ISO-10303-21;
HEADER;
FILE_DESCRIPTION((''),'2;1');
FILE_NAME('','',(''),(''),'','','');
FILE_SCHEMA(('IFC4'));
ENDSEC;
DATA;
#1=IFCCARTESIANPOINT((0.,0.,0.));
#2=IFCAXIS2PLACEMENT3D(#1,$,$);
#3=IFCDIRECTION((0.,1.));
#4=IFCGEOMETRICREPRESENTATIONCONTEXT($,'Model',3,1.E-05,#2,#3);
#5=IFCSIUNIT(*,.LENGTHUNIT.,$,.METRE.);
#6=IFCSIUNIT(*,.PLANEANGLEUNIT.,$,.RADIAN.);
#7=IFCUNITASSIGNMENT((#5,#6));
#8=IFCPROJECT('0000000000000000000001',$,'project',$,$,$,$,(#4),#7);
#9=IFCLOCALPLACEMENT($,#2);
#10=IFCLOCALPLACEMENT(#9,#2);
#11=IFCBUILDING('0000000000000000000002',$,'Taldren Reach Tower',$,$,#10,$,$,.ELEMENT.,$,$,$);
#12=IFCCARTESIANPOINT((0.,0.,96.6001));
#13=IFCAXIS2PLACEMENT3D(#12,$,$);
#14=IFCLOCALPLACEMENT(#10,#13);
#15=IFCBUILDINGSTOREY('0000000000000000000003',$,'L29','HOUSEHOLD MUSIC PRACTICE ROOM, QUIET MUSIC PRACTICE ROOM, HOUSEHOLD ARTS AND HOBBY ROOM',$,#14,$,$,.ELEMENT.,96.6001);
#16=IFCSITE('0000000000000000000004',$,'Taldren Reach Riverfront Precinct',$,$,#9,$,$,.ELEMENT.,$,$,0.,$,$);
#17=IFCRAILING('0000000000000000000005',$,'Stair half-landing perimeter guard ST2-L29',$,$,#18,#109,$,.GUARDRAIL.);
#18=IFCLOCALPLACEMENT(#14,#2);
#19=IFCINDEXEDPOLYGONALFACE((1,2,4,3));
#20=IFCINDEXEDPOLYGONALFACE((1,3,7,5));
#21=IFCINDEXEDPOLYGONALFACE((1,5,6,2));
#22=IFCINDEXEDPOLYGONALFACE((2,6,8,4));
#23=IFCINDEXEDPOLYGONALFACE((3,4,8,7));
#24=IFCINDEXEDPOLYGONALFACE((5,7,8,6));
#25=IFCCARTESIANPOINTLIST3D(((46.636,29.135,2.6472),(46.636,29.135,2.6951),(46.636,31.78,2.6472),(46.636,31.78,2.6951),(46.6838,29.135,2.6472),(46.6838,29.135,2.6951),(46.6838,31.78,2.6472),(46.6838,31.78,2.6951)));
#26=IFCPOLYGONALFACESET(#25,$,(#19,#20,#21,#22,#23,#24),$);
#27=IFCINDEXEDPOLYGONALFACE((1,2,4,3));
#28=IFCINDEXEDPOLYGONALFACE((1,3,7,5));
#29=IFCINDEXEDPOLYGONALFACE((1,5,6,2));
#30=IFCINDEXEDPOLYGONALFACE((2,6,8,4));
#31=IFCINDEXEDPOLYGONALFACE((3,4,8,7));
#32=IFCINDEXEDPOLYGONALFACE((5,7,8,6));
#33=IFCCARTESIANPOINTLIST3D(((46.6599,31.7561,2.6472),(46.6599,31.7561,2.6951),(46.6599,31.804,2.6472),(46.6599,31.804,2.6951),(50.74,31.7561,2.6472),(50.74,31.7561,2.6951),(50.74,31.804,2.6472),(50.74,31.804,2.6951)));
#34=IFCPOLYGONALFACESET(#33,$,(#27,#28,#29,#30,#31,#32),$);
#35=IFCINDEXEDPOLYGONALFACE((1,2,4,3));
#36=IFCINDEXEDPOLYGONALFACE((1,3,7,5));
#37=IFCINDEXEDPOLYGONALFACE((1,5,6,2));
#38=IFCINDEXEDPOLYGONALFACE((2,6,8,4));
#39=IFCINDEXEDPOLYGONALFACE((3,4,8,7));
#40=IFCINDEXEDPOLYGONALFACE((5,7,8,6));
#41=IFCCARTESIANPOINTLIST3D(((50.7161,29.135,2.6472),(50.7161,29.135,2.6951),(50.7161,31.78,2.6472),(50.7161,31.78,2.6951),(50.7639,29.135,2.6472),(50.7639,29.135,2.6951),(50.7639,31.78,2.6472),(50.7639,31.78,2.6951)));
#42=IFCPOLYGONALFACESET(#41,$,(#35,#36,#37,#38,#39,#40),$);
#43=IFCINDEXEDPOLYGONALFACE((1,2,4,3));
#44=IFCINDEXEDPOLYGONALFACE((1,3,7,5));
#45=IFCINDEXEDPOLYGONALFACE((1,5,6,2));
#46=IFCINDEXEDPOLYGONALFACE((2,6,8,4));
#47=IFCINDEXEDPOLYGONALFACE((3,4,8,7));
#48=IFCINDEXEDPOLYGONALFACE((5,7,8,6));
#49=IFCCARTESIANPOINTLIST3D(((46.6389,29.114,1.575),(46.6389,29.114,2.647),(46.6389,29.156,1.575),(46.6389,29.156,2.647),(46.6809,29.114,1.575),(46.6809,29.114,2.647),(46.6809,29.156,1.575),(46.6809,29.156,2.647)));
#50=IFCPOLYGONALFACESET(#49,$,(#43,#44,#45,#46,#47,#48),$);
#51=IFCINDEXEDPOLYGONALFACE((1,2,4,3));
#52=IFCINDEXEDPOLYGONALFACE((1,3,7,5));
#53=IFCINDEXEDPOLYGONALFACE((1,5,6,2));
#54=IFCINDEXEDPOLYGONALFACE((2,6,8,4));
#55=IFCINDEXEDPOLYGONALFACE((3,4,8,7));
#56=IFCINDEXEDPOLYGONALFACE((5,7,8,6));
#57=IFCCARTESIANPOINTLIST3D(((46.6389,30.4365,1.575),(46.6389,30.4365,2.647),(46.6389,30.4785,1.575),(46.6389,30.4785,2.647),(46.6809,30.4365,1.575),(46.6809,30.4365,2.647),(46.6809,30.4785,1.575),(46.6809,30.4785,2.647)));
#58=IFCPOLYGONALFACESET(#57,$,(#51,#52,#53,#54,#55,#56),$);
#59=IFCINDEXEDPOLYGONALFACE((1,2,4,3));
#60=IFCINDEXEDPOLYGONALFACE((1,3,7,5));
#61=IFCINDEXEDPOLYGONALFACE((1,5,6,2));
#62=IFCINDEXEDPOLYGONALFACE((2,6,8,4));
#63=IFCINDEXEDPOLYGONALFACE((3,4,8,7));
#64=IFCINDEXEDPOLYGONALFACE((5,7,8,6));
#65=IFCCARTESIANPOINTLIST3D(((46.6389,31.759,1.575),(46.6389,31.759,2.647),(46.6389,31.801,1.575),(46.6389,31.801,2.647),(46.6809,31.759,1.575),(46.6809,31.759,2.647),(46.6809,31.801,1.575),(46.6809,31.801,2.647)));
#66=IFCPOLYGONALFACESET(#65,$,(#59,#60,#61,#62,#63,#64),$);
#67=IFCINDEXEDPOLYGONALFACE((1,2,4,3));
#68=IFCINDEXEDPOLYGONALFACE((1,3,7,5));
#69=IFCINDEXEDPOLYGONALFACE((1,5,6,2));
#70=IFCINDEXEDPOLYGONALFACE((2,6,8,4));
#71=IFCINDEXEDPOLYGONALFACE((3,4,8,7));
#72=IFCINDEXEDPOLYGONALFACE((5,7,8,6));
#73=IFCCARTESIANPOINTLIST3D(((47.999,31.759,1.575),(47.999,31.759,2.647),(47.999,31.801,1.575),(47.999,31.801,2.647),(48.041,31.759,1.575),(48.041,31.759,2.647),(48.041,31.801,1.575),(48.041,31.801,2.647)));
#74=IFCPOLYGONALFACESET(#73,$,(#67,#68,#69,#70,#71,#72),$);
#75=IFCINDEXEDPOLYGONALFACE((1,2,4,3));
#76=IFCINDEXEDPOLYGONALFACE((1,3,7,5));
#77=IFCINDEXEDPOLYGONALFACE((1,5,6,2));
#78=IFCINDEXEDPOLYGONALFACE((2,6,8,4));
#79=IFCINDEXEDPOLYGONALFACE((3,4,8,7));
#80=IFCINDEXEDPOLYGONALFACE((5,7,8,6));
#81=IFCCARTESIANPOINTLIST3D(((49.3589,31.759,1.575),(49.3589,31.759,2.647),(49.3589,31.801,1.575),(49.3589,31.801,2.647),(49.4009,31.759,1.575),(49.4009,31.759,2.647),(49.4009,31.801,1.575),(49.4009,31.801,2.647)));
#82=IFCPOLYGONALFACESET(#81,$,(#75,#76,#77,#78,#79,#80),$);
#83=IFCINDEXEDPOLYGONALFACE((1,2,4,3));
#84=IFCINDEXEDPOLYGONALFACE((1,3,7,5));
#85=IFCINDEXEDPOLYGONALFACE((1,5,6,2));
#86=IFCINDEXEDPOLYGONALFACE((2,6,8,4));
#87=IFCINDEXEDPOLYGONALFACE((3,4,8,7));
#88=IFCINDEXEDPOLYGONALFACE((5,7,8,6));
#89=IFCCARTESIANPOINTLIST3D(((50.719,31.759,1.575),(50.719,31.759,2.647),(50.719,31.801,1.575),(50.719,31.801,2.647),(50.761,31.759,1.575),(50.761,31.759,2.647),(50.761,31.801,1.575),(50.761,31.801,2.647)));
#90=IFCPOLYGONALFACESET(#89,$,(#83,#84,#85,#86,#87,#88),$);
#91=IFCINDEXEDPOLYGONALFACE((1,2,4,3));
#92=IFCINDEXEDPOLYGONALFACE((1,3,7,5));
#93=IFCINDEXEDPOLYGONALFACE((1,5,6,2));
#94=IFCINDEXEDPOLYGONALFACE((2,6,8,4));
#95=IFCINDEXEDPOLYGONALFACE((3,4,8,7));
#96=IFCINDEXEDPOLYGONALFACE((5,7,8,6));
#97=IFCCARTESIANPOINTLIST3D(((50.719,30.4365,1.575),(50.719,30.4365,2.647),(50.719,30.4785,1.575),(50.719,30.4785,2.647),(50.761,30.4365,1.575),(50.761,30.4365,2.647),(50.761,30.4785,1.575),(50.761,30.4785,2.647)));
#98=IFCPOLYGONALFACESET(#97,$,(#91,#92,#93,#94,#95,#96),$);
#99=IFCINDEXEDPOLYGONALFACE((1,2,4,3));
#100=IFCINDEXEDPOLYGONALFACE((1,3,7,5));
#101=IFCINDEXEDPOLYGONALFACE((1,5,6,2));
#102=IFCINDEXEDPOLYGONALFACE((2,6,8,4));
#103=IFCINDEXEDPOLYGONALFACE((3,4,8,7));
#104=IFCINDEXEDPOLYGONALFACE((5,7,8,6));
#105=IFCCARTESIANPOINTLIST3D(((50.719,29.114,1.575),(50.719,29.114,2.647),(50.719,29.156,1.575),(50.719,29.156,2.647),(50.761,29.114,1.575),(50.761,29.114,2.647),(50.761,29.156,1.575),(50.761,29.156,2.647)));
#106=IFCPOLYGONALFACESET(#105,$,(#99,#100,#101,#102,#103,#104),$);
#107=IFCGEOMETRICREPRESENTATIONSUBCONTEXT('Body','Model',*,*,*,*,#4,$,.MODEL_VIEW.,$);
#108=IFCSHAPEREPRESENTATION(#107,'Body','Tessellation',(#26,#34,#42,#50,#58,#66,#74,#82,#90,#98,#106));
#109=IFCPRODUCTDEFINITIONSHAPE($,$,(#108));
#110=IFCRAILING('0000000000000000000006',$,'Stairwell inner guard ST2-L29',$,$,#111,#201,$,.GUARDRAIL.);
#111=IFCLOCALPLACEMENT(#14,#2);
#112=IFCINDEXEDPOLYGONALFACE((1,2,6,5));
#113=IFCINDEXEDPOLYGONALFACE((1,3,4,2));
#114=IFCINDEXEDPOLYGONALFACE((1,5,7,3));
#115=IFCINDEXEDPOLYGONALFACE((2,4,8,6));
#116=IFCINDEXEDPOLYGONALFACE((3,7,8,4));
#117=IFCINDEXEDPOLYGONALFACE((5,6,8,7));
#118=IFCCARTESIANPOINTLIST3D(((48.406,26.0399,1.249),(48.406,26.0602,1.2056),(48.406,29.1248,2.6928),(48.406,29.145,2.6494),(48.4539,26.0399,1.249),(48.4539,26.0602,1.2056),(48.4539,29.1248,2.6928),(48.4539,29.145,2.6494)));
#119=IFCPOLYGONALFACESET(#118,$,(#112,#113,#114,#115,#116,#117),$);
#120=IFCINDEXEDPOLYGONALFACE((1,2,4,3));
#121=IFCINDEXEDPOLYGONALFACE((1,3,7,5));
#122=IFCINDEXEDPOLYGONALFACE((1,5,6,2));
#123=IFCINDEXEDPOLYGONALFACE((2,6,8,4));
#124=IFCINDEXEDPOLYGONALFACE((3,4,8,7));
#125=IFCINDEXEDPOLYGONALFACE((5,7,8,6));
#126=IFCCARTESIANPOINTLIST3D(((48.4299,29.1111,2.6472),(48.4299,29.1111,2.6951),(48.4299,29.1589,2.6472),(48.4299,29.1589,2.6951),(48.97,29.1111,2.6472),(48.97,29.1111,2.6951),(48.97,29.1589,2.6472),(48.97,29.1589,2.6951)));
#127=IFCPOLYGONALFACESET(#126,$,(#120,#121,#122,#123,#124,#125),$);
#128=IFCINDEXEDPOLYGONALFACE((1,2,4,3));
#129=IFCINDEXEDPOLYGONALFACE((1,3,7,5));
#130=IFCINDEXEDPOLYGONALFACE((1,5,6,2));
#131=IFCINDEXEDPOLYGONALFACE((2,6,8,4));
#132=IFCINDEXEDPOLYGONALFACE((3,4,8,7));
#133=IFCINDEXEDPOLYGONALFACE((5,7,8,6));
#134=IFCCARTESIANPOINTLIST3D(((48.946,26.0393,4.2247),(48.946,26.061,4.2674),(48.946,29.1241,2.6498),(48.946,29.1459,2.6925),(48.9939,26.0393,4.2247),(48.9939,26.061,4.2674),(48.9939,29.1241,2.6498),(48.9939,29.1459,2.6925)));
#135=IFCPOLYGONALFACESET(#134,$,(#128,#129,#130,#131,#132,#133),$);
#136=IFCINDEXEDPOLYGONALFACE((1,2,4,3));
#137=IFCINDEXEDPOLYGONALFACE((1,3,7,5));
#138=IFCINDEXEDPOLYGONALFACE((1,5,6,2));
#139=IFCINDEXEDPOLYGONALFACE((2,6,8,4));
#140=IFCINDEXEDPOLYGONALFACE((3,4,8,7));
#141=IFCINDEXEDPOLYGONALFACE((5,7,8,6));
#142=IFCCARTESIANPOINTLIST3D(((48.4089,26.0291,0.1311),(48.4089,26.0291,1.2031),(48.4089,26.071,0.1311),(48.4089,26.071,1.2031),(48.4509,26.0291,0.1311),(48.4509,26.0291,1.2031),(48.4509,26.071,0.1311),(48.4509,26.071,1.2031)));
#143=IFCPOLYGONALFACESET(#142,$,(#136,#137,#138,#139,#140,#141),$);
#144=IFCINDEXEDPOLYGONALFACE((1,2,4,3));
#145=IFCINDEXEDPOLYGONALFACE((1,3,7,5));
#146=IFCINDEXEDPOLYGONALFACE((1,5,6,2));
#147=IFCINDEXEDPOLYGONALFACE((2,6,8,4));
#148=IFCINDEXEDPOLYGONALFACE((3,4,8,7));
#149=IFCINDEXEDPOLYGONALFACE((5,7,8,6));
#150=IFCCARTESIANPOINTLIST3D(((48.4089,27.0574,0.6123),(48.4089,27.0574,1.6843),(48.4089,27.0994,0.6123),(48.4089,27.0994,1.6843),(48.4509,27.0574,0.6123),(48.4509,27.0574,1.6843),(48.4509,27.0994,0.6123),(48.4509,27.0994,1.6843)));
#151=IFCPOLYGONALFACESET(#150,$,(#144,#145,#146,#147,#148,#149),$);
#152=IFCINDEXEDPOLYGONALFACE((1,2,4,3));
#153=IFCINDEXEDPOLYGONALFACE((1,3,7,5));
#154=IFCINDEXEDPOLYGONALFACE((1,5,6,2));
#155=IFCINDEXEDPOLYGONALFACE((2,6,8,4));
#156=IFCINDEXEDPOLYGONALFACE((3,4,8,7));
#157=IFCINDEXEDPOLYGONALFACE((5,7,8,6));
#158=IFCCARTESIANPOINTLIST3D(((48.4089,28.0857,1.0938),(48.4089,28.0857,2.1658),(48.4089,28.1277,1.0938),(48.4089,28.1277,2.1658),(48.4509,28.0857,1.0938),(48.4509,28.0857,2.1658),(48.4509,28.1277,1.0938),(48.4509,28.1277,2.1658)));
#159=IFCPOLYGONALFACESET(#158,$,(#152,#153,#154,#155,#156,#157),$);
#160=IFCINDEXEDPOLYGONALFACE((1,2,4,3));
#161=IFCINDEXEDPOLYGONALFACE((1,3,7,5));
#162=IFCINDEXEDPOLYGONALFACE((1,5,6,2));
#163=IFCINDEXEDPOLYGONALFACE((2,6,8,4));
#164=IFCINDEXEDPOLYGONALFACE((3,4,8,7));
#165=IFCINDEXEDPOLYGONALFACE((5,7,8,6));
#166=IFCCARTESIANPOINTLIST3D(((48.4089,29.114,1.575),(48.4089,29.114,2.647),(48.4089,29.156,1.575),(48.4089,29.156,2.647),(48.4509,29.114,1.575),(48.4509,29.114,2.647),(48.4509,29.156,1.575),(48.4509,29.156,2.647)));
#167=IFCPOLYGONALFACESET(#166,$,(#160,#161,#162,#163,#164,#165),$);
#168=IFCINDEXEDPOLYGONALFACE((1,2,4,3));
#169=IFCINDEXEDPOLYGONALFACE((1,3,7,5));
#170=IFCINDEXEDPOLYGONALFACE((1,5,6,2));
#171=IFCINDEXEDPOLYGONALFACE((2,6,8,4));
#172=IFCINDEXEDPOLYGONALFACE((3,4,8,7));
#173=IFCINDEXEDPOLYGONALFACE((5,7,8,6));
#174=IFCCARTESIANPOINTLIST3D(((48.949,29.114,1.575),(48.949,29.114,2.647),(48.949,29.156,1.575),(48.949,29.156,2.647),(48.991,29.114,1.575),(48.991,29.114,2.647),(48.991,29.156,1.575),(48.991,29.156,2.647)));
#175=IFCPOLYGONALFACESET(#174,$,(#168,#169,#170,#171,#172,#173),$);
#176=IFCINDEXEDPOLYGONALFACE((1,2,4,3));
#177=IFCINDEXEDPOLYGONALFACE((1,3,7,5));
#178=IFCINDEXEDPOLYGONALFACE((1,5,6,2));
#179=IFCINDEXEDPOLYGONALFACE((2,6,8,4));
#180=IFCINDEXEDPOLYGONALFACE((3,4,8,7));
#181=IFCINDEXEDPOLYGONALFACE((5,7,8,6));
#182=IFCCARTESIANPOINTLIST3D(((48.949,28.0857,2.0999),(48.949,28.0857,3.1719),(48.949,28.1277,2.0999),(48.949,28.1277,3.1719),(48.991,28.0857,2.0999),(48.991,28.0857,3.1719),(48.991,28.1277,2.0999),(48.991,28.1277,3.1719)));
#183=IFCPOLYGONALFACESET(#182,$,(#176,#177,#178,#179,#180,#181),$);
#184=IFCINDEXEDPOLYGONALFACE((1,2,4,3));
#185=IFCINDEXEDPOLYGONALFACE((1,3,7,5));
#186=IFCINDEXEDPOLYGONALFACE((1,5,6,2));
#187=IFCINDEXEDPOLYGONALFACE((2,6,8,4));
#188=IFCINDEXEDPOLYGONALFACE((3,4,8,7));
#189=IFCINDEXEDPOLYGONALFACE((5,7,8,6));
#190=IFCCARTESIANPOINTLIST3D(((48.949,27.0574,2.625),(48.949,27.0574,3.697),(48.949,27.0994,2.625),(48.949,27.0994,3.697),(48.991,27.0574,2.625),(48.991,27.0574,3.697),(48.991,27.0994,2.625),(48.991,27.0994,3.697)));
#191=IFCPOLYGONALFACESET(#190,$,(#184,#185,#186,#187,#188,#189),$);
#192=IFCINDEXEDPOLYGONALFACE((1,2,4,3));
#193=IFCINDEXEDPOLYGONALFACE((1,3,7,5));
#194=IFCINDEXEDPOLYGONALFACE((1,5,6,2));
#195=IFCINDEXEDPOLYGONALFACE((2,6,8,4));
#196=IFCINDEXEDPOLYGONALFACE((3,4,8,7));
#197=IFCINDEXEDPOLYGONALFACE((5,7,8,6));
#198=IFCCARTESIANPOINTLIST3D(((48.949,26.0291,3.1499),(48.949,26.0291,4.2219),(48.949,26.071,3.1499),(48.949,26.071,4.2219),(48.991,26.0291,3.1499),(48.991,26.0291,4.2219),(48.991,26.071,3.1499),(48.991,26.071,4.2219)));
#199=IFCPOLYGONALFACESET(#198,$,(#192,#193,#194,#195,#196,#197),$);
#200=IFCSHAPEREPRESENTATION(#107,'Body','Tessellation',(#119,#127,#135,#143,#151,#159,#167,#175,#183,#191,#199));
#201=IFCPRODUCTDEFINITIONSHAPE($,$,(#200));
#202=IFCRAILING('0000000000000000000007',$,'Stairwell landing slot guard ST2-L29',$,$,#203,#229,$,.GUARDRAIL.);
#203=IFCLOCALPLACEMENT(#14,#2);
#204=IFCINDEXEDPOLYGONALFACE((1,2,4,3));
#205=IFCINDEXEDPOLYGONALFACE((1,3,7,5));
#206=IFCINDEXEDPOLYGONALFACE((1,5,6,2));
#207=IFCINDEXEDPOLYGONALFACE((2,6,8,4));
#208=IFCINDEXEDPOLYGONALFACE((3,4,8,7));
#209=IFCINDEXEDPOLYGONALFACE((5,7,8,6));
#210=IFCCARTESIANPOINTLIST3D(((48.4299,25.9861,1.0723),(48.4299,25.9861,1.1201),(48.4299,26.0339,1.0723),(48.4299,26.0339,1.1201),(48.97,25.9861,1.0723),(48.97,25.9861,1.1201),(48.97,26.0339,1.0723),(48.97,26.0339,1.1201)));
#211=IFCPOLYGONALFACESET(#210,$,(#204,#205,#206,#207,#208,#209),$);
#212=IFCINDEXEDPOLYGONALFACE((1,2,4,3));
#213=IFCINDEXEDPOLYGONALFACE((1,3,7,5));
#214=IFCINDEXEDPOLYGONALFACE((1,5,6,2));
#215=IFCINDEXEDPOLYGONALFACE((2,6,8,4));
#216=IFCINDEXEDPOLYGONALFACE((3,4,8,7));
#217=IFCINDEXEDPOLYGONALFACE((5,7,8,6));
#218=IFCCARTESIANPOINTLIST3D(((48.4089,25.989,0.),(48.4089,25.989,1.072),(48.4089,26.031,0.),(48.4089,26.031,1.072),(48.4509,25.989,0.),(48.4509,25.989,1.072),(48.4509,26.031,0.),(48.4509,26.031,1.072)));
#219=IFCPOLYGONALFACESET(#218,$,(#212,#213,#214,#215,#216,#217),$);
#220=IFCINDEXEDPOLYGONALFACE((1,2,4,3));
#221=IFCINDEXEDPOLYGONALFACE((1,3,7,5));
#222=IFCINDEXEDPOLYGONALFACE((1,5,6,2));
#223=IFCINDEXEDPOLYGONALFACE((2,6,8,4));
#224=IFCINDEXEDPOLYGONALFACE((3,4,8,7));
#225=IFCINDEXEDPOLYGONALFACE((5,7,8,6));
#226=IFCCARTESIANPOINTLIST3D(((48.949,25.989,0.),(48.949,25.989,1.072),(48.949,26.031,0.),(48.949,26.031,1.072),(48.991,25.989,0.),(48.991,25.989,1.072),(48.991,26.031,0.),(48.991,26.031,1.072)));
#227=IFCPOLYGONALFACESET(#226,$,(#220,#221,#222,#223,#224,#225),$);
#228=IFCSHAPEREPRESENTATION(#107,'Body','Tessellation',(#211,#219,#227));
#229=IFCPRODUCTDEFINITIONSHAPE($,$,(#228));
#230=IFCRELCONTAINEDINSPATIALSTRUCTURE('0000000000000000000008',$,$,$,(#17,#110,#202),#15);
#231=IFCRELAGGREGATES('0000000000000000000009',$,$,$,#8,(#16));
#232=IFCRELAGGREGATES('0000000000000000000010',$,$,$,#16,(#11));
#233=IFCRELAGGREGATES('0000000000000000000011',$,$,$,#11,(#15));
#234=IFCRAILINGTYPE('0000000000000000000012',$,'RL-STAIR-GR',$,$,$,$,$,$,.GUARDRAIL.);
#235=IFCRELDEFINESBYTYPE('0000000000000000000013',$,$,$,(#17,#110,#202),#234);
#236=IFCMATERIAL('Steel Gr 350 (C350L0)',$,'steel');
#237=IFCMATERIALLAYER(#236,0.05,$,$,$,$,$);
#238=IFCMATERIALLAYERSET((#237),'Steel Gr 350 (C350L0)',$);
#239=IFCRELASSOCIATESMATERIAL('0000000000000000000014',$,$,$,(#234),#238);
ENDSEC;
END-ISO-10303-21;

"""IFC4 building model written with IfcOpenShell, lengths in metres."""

from ifc_helpers import new_model, si_unit, direction, frame, origin, origin_2d, place, context, subcontext, project, spatial, rectangle, extrude, material, layer, layer_set, type_object, element, save


model = new_model("IFC4")

# Units and contexts
model_context = context("Model", 3, precision=1e-05, world=origin(), true_north=direction((0.0, 1.0)))
body_context = subcontext(model_context, "Body", "Model", "MODEL_VIEW")
ifc_project = project(units=[si_unit("LENGTHUNIT", "METRE"), si_unit("PLANEANGLEUNIT", "RADIAN")], contexts=[model_context])

# Site, building, storey
site_placement = place(None, origin())
site = spatial("IfcSite", under=ifc_project, at=site_placement, Name="Taldren Reach Riverfront Precinct", CompositionType="ELEMENT", RefElevation=0.0)
building_placement = place(site_placement, origin())
building = spatial("IfcBuilding", under=site, at=building_placement, Name="Taldren Reach Tower", CompositionType="ELEMENT")
storey_placement = place(building_placement, frame((0.0, 0.0, 96.6001)))
storey = spatial("IfcBuildingStorey", under=building, at=storey_placement, Name="L29", Description="HOUSEHOLD MUSIC PRACTICE ROOM, QUIET MUSIC PRACTICE ROOM, HOUSEHOLD ARTS AND HOBBY ROOM", CompositionType="ELEMENT", Elevation=96.6001)

# Shared definitions
ifc_material_1 = material(Name="Steel Gr 350 (C350L0)", Category="steel")

# Railings
ifc_layer_1 = layer(ifc_material_1, 0.05)
ifc_layer_set_1 = layer_set([ifc_layer_1], Name="Steel Gr 350 (C350L0)")
railing_type_1 = type_object("IfcRailingType", Name="RL-STAIR-GR", PredefinedType="GUARDRAIL", material=ifc_layer_set_1)
railing_1_placement = place(storey_placement, frame((46.6599, 29.135, 1.575)))
element("IfcRailing", 1, at=railing_1_placement, inside=storey, type_object=railing_type_1, Name="Stair half-landing perimeter guard ST2-L29", PredefinedType="GUARDRAIL", context=body_context, shape_type="SweptSolid", body=[
    extrude(rectangle(XDim=0.0479, YDim=0.0479, at=origin_2d()), frame((0.0, 0.0, 1.0962), z_axis=(0.0, 1.0, 0.0), x_axis=(-1.0, 0.0, 0.0)), (0.0, 0.0, 1.0), 2.645),
    extrude(rectangle(XDim=0.0479, YDim=0.0479, at=origin_2d()), frame((0.0, 2.645, 1.0962), z_axis=(1.0, 0.0, 0.0), x_axis=(0.0, 1.0, 0.0)), (0.0, 0.0, 1.0), 4.0801),
    extrude(rectangle(XDim=0.0479, YDim=0.0479, at=origin_2d()), frame((4.0801, 2.645, 1.0962), z_axis=(0.0, -1.0, 0.0), x_axis=(1.0, 0.0, 0.0)), (0.0, 0.0, 1.0), 2.645),
    extrude(rectangle(XDim=0.042, YDim=0.042, at=origin_2d()), origin(), (0.0, 0.0, 1.0), 1.072),
    extrude(rectangle(XDim=0.042, YDim=0.042, at=origin_2d()), frame((0.0, 1.3225, 0.0)), (0.0, 0.0, 1.0), 1.072),
    extrude(rectangle(XDim=0.042, YDim=0.042, at=origin_2d()), frame((0.0, 2.645, 0.0)), (0.0, 0.0, 1.0), 1.072),
    extrude(rectangle(XDim=0.042, YDim=0.042, at=origin_2d()), frame((1.3601, 2.645, 0.0)), (0.0, 0.0, 1.0), 1.072),
    extrude(rectangle(XDim=0.042, YDim=0.042, at=origin_2d()), frame((2.72, 2.645, 0.0)), (0.0, 0.0, 1.0), 1.072),
    extrude(rectangle(XDim=0.042, YDim=0.042, at=origin_2d()), frame((4.0801, 2.645, 0.0)), (0.0, 0.0, 1.0), 1.072),
    extrude(rectangle(XDim=0.042, YDim=0.042, at=origin_2d()), frame((4.0801, 1.3225, 0.0)), (0.0, 0.0, 1.0), 1.072),
    extrude(rectangle(XDim=0.042, YDim=0.042, at=origin_2d()), frame((4.0801, 0.0, 0.0)), (0.0, 0.0, 1.0), 1.072),
])
railing_2_placement = place(storey_placement, frame((48.4299, 26.05, 0.1311)))
element("IfcRailing", 2, at=railing_2_placement, inside=storey, type_object=railing_type_1, Name="Stairwell inner guard ST2-L29", PredefinedType="GUARDRAIL", context=body_context, shape_type="SweptSolid", body=[
    extrude(rectangle(XDim=0.0479, YDim=0.0479, at=origin_2d()), frame((0.0, 0.0, 1.0962), z_axis=(0.0, 0.90571, 0.423898), x_axis=(-1.0, 0.0, 0.0)), (0.0, 0.0, 1.0), 3.406),
    extrude(rectangle(XDim=0.0479, YDim=0.0479, at=origin_2d()), frame((0.0, 3.085, 2.54), z_axis=(1.0, 0.0, 0.0), x_axis=(0.0, 1.0, 0.0)), (0.0, 0.0, 1.0), 0.54),
    extrude(rectangle(XDim=0.0479, YDim=0.0479, at=origin_2d()), frame((0.54, 3.085, 2.54), z_axis=(0.0, -0.890646, 0.454697), x_axis=(1.0, 0.0, 0.0)), (0.0, 0.0, 1.0), 3.4636),
    extrude(rectangle(XDim=0.042, YDim=0.042, at=origin_2d()), origin(), (0.0, 0.0, 1.0), 1.072),
    extrude(rectangle(XDim=0.042, YDim=0.042, at=origin_2d()), frame((0.0, 1.0283, 0.4812)), (0.0, 0.0, 1.0), 1.072),
    extrude(rectangle(XDim=0.042, YDim=0.042, at=origin_2d()), frame((0.0, 2.0566, 0.9626)), (0.0, 0.0, 1.0), 1.072),
    extrude(rectangle(XDim=0.042, YDim=0.042, at=origin_2d()), frame((0.0, 3.085, 1.4438)), (0.0, 0.0, 1.0), 1.072),
    extrude(rectangle(XDim=0.042, YDim=0.042, at=origin_2d()), frame((0.54, 3.085, 1.4438)), (0.0, 0.0, 1.0), 1.072),
    extrude(rectangle(XDim=0.042, YDim=0.042, at=origin_2d()), frame((0.54, 2.0566, 1.9688)), (0.0, 0.0, 1.0), 1.072),
    extrude(rectangle(XDim=0.042, YDim=0.042, at=origin_2d()), frame((0.54, 1.0283, 2.4939)), (0.0, 0.0, 1.0), 1.072),
    extrude(rectangle(XDim=0.042, YDim=0.042, at=origin_2d()), frame((0.54, 0.0, 3.0188)), (0.0, 0.0, 1.0), 1.072),
])
railing_3_placement = place(storey_placement, frame((48.4299, 26.01, 0.0)))
element("IfcRailing", 3, at=railing_3_placement, inside=storey, type_object=railing_type_1, Name="Stairwell landing slot guard ST2-L29", PredefinedType="GUARDRAIL", context=body_context, shape_type="SweptSolid", body=[
    extrude(rectangle(XDim=0.0479, YDim=0.0479, at=origin_2d()), frame((0.0, 0.0, 1.0962), z_axis=(1.0, 0.0, 0.0), x_axis=(0.0, 1.0, 0.0)), (0.0, 0.0, 1.0), 0.54),
    extrude(rectangle(XDim=0.042, YDim=0.042, at=origin_2d()), origin(), (0.0, 0.0, 1.0), 1.072),
    extrude(rectangle(XDim=0.042, YDim=0.042, at=origin_2d()), frame((0.54, 0.0, 0.0)), (0.0, 0.0, 1.0), 1.072),
])

save(model, "model.ifc")
